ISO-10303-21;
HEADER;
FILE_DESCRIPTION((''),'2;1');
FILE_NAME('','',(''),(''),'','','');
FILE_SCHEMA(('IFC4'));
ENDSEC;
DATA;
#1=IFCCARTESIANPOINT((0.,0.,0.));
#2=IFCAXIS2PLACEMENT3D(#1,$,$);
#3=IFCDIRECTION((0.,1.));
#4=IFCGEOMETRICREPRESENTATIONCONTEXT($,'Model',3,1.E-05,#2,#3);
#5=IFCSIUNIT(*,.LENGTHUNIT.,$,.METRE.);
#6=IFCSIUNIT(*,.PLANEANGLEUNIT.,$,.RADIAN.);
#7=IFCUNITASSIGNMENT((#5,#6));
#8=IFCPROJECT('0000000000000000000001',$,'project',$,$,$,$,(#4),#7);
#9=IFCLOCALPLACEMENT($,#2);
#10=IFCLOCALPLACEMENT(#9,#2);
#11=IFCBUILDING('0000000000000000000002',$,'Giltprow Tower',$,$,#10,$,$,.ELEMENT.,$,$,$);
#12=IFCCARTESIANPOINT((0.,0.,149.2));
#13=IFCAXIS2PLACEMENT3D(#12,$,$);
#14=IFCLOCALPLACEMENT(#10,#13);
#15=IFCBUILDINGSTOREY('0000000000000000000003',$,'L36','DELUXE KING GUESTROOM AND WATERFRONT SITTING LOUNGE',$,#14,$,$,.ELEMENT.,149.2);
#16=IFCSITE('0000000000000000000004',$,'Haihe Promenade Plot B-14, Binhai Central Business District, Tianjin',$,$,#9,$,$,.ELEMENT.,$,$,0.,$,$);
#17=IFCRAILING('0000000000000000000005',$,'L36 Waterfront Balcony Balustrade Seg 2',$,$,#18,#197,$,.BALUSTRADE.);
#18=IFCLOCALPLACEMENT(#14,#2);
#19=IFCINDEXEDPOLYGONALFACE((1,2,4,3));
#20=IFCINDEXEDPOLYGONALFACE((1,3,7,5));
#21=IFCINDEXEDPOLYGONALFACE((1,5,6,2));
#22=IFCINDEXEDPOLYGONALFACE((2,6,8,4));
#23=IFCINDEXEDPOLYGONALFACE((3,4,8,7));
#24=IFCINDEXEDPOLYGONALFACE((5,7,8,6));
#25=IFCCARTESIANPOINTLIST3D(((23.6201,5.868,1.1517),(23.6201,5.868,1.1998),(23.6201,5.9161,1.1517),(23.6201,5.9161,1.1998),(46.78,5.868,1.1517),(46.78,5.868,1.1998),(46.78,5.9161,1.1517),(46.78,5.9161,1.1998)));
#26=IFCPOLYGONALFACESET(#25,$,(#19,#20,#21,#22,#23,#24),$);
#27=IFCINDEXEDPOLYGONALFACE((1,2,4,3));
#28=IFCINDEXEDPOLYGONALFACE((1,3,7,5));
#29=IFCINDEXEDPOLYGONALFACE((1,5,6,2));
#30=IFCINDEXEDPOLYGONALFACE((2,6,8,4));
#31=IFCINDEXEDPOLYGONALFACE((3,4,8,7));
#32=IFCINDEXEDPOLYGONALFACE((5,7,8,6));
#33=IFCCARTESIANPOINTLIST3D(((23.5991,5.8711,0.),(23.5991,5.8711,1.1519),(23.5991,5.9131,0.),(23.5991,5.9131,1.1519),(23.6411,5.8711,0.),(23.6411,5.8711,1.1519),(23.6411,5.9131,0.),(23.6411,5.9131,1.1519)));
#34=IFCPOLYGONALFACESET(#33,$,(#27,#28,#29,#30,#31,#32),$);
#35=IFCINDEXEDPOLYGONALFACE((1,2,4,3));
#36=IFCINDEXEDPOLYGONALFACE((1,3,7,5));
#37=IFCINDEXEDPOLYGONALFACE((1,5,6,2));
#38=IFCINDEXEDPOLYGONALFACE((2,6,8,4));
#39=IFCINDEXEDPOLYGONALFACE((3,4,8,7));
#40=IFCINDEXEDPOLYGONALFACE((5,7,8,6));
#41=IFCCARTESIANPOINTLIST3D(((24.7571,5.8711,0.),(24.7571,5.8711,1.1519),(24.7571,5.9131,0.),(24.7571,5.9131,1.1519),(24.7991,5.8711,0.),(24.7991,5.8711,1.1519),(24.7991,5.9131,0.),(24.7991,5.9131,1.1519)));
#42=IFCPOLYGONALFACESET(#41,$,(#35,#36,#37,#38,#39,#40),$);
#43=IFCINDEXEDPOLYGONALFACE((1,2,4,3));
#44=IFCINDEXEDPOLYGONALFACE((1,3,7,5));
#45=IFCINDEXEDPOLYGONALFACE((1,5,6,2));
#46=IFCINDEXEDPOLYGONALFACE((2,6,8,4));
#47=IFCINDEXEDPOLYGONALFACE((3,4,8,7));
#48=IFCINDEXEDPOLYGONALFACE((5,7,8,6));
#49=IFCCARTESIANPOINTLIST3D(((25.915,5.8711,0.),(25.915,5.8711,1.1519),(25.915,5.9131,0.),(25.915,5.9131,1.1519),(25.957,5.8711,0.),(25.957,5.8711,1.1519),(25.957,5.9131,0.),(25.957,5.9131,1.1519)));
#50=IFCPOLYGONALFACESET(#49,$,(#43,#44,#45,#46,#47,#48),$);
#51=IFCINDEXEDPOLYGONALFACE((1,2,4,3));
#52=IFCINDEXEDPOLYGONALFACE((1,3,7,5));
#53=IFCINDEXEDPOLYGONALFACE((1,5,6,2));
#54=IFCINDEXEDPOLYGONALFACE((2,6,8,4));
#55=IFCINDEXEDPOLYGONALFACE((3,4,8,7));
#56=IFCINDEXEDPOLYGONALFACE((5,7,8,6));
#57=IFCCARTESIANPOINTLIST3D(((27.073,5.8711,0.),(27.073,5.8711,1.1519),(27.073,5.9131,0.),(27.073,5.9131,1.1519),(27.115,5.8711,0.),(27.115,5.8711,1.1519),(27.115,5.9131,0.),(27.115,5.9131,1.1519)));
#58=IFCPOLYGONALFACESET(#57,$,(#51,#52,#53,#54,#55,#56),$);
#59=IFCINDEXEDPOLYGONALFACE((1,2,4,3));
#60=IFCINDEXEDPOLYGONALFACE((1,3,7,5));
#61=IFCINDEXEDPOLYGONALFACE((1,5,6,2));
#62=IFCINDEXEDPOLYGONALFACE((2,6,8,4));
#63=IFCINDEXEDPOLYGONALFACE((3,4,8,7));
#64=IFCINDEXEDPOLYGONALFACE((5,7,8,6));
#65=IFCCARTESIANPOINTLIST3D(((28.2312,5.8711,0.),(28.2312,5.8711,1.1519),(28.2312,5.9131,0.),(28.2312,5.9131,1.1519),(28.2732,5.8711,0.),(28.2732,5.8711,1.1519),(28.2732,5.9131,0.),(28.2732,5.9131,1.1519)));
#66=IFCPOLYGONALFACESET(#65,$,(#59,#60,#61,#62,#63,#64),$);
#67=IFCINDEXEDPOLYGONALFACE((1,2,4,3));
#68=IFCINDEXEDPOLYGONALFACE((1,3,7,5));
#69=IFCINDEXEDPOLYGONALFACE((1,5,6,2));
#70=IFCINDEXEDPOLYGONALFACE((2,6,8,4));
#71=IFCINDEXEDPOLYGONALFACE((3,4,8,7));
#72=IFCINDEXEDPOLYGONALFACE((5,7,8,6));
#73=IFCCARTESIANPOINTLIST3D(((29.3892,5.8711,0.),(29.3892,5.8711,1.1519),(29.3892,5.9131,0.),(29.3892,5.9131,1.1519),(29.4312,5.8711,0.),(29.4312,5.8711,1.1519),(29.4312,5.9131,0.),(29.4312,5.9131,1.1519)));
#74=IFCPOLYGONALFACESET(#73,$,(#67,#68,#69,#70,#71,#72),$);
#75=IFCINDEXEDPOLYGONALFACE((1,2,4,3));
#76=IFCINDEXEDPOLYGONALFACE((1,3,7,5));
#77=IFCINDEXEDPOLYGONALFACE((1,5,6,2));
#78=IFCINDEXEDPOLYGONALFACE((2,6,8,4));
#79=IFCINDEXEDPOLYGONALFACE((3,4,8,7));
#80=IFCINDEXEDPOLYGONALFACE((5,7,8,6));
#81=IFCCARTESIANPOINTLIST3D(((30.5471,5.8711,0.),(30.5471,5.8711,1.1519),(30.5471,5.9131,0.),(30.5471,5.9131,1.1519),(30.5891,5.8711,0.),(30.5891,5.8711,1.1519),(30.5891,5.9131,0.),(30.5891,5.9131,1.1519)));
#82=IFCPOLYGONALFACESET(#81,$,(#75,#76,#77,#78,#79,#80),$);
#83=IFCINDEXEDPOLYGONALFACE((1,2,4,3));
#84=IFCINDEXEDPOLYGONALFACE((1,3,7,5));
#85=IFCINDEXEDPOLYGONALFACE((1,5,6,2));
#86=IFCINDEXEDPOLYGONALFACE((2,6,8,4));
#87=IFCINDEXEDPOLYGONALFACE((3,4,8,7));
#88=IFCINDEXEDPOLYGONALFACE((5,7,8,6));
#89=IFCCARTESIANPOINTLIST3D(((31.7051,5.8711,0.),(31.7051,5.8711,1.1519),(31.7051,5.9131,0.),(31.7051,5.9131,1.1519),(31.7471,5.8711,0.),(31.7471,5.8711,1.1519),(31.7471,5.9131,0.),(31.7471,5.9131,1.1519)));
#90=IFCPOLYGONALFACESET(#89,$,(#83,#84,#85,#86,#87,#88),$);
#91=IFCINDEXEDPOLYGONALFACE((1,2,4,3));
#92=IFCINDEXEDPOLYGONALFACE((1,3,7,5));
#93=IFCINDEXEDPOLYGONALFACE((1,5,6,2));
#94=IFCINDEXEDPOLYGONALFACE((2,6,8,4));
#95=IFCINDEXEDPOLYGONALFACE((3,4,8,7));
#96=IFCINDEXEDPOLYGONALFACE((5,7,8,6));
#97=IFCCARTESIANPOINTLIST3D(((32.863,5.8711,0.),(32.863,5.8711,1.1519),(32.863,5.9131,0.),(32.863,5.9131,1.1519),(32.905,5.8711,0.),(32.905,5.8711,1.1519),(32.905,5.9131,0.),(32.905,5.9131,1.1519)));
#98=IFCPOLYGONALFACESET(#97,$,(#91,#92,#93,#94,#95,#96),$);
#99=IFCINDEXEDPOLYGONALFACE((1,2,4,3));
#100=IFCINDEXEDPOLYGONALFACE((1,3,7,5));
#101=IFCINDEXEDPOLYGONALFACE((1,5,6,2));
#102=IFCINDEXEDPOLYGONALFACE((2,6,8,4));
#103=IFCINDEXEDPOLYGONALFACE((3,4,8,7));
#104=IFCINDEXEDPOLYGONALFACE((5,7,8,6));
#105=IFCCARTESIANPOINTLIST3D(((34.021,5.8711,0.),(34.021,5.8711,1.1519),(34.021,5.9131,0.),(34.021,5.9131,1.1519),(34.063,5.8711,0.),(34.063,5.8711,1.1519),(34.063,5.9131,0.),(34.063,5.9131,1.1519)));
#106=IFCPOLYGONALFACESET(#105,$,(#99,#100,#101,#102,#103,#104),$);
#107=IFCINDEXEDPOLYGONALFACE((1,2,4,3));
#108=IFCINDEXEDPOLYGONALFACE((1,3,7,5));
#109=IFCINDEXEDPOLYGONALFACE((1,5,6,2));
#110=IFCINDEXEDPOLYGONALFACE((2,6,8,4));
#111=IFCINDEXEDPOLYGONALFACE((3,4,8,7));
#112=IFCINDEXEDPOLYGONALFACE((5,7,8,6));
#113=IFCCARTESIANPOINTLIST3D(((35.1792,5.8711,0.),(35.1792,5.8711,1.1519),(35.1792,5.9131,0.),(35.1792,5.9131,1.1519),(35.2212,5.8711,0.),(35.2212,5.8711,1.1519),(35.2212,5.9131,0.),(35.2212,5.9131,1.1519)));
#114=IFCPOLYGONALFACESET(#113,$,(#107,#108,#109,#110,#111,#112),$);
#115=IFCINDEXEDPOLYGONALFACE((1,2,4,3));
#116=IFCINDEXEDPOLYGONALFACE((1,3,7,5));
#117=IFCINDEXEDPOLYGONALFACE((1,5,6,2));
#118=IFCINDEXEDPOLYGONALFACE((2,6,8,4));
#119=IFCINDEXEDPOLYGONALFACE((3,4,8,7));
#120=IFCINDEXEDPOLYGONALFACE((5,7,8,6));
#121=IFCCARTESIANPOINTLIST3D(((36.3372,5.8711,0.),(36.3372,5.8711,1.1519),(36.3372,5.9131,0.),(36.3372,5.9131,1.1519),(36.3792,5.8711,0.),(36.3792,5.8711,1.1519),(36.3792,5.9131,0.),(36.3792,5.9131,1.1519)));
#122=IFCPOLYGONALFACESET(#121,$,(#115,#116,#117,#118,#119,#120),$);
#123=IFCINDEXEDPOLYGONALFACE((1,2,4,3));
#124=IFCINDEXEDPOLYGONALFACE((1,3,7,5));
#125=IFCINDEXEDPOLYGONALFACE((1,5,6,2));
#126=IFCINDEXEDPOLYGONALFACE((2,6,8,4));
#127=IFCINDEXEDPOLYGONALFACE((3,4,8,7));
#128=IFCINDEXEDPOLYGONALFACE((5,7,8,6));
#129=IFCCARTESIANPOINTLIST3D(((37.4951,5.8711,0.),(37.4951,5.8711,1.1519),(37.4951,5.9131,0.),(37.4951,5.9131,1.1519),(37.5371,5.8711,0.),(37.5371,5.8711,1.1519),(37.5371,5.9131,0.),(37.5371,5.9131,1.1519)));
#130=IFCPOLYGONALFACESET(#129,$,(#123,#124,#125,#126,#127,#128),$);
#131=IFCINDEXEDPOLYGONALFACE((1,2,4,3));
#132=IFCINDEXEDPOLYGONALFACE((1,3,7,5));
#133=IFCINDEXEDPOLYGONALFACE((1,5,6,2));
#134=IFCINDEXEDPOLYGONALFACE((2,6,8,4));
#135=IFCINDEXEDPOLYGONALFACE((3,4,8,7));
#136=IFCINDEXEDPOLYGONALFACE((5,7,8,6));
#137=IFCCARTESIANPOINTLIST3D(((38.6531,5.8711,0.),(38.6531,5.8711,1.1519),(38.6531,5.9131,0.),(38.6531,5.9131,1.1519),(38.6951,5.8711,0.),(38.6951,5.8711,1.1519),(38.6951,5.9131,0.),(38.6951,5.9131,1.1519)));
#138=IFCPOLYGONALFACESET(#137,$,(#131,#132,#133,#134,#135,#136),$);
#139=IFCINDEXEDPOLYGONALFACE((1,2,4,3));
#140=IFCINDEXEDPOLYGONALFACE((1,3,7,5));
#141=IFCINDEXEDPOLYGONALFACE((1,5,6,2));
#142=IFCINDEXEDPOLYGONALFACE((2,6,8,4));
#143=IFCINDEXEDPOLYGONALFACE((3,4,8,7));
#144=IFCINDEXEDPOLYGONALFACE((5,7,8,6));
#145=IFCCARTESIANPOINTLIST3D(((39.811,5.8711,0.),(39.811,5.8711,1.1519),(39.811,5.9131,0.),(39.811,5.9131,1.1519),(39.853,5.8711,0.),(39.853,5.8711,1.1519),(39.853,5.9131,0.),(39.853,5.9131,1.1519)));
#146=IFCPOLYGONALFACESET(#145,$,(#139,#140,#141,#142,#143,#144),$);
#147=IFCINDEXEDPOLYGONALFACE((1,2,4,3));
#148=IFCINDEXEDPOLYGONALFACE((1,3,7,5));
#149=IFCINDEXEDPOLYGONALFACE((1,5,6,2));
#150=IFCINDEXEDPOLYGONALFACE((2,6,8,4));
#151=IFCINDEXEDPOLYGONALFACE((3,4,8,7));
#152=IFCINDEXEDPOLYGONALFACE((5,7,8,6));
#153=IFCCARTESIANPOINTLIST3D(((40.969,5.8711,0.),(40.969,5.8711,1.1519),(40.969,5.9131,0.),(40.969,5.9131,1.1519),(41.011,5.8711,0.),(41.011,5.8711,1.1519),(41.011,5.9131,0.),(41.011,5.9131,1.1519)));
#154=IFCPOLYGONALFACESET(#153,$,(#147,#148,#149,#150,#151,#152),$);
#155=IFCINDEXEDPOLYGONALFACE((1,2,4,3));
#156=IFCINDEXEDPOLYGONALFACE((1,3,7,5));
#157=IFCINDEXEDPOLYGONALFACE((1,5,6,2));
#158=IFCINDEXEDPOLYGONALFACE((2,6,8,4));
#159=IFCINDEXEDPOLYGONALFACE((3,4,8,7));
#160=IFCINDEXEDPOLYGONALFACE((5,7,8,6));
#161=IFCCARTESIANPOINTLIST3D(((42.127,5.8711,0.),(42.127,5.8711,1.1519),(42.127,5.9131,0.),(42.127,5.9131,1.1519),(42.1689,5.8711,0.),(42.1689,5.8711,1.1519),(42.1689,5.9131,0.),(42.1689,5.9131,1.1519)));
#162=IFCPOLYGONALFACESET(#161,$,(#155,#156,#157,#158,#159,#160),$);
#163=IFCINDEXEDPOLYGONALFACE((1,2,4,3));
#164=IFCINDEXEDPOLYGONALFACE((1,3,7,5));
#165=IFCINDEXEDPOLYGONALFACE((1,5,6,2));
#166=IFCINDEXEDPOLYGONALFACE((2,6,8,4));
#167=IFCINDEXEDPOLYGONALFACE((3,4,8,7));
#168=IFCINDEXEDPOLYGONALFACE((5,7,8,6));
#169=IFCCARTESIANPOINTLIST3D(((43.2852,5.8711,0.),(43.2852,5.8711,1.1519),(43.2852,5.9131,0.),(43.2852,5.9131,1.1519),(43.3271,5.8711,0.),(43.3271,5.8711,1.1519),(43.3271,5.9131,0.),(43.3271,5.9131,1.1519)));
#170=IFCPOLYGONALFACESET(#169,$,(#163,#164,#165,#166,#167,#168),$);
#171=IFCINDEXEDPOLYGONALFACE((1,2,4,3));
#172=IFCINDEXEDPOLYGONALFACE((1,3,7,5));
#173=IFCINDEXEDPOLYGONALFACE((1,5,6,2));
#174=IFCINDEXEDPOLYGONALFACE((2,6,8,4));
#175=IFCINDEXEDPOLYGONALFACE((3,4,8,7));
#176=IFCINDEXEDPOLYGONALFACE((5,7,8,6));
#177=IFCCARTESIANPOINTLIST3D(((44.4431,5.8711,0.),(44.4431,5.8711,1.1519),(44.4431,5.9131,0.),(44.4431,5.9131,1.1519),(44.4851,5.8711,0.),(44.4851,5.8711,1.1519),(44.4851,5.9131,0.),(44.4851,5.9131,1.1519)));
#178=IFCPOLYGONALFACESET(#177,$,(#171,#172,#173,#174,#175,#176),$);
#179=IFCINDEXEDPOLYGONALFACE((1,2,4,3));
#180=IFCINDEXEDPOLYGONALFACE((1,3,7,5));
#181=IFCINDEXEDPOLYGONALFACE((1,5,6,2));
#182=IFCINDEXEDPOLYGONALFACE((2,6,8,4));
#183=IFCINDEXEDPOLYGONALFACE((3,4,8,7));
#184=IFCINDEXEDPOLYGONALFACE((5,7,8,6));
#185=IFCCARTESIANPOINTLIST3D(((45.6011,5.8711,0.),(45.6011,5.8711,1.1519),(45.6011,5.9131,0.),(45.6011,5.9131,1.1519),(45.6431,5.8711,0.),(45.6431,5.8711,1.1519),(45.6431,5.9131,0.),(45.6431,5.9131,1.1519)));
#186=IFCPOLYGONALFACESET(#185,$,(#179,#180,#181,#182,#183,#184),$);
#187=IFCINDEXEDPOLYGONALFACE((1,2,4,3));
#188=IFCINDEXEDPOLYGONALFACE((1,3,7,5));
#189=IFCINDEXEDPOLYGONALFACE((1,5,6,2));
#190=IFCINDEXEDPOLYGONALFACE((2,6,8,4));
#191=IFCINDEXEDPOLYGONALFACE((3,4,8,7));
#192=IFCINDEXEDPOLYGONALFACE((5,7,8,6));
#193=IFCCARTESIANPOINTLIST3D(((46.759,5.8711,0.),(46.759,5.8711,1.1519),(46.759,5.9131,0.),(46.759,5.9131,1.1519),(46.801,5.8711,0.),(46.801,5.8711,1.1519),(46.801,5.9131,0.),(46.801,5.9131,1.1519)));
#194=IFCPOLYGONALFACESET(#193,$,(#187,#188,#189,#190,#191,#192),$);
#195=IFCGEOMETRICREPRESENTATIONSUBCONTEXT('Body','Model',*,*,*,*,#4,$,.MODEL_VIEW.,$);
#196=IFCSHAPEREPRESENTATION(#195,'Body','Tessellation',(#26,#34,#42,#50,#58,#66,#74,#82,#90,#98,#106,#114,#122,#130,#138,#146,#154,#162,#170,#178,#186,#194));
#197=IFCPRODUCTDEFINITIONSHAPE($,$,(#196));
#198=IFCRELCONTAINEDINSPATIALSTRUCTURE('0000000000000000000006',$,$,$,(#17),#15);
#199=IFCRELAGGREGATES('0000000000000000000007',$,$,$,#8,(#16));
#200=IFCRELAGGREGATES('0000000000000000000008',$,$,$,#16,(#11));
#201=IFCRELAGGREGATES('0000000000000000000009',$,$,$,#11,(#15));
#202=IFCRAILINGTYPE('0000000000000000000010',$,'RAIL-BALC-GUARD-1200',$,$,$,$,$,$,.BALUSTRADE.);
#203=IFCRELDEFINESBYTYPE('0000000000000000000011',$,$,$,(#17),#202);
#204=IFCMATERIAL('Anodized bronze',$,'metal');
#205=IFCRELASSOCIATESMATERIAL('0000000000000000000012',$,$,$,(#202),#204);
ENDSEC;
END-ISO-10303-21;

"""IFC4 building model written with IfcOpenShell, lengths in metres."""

from ifc_helpers import new_model, si_unit, direction, frame, origin, origin_2d, place, context, subcontext, project, spatial, rectangle, extrude, material, type_object, element, save


model = new_model("IFC4")

# Units and contexts
model_context = context("Model", 3, precision=1e-05, world=origin(), true_north=direction((0.0, 1.0)))
body_context = subcontext(model_context, "Body", "Model", "MODEL_VIEW")
ifc_project = project(units=[si_unit("LENGTHUNIT", "METRE"), si_unit("PLANEANGLEUNIT", "RADIAN")], contexts=[model_context])

# Site, building, storey
site_placement = place(None, origin())
site = spatial("IfcSite", under=ifc_project, at=site_placement, Name="Haihe Promenade Plot B-14, Binhai Central Business District, Tianjin", CompositionType="ELEMENT", RefElevation=0.0)
building_placement = place(site_placement, origin())
building = spatial("IfcBuilding", under=site, at=building_placement, Name="Giltprow Tower", CompositionType="ELEMENT")
storey_placement = place(building_placement, frame((0.0, 0.0, 149.2)))
storey = spatial("IfcBuildingStorey", under=building, at=storey_placement, Name="L36", Description="DELUXE KING GUESTROOM AND WATERFRONT SITTING LOUNGE", CompositionType="ELEMENT", Elevation=149.2)

# Railing
ifc_material_1 = material(Name="Anodized bronze", Category="metal")
railing_type = type_object("IfcRailingType", Name="RAIL-BALC-GUARD-1200", PredefinedType="BALUSTRADE", material=ifc_material_1)
railing_1_placement = place(storey_placement, frame((23.6201, 5.8921, 0.0)))
element("IfcRailing", 1, at=railing_1_placement, inside=storey, type_object=railing_type, Name="L36 Waterfront Balcony Balustrade Seg 2", PredefinedType="BALUSTRADE", context=body_context, shape_type="SweptSolid", body=[
    extrude(rectangle(XDim=0.0481, YDim=0.0481, at=origin_2d()), frame((0.0, 0.0, 1.1758), z_axis=(1.0, 0.0, 0.0), x_axis=(0.0, 1.0, 0.0)), (0.0, 0.0, 1.0), 23.1599),
    extrude(rectangle(XDim=0.042, YDim=0.042, at=origin_2d()), origin(), (0.0, 0.0, 1.0), 1.1519),
    extrude(rectangle(XDim=0.042, YDim=0.042, at=origin_2d()), frame((1.158, 0.0, 0.0)), (0.0, 0.0, 1.0), 1.1519),
    extrude(rectangle(XDim=0.042, YDim=0.042, at=origin_2d()), frame((2.3159, 0.0, 0.0)), (0.0, 0.0, 1.0), 1.1519),
    extrude(rectangle(XDim=0.042, YDim=0.042, at=origin_2d()), frame((3.4739, 0.0, 0.0)), (0.0, 0.0, 1.0), 1.1519),
    extrude(rectangle(XDim=0.042, YDim=0.042, at=origin_2d()), frame((4.6321, 0.0, 0.0)), (0.0, 0.0, 1.0), 1.1519),
    extrude(rectangle(XDim=0.042, YDim=0.042, at=origin_2d()), frame((5.79, 0.0, 0.0)), (0.0, 0.0, 1.0), 1.1519),
    extrude(rectangle(XDim=0.042, YDim=0.042, at=origin_2d()), frame((6.948, 0.0, 0.0)), (0.0, 0.0, 1.0), 1.1519),
    extrude(rectangle(XDim=0.042, YDim=0.042, at=origin_2d()), frame((8.106, 0.0, 0.0)), (0.0, 0.0, 1.0), 1.1519),
    extrude(rectangle(XDim=0.042, YDim=0.042, at=origin_2d()), frame((9.2639, 0.0, 0.0)), (0.0, 0.0, 1.0), 1.1519),
    extrude(rectangle(XDim=0.042, YDim=0.042, at=origin_2d()), frame((10.4219, 0.0, 0.0)), (0.0, 0.0, 1.0), 1.1519),
    extrude(rectangle(XDim=0.042, YDim=0.042, at=origin_2d()), frame((11.5801, 0.0, 0.0)), (0.0, 0.0, 1.0), 1.1519),
    extrude(rectangle(XDim=0.042, YDim=0.042, at=origin_2d()), frame((12.738, 0.0, 0.0)), (0.0, 0.0, 1.0), 1.1519),
    extrude(rectangle(XDim=0.042, YDim=0.042, at=origin_2d()), frame((13.896, 0.0, 0.0)), (0.0, 0.0, 1.0), 1.1519),
    extrude(rectangle(XDim=0.042, YDim=0.042, at=origin_2d()), frame((15.054, 0.0, 0.0)), (0.0, 0.0, 1.0), 1.1519),
    extrude(rectangle(XDim=0.042, YDim=0.042, at=origin_2d()), frame((16.2119, 0.0, 0.0)), (0.0, 0.0, 1.0), 1.1519),
    extrude(rectangle(XDim=0.042, YDim=0.042, at=origin_2d()), frame((17.3699, 0.0, 0.0)), (0.0, 0.0, 1.0), 1.1519),
    extrude(rectangle(XDim=0.042, YDim=0.042, at=origin_2d()), frame((18.5278, 0.0, 0.0)), (0.0, 0.0, 1.0), 1.1519),
    extrude(rectangle(XDim=0.042, YDim=0.042, at=origin_2d()), frame((19.686, 0.0, 0.0)), (0.0, 0.0, 1.0), 1.1519),
    extrude(rectangle(XDim=0.042, YDim=0.042, at=origin_2d()), frame((20.844, 0.0, 0.0)), (0.0, 0.0, 1.0), 1.1519),
    extrude(rectangle(XDim=0.042, YDim=0.042, at=origin_2d()), frame((22.002, 0.0, 0.0)), (0.0, 0.0, 1.0), 1.1519),
    extrude(rectangle(XDim=0.042, YDim=0.042, at=origin_2d()), frame((23.1599, 0.0, 0.0)), (0.0, 0.0, 1.0), 1.1519),
])

save(model, "model.ifc")
